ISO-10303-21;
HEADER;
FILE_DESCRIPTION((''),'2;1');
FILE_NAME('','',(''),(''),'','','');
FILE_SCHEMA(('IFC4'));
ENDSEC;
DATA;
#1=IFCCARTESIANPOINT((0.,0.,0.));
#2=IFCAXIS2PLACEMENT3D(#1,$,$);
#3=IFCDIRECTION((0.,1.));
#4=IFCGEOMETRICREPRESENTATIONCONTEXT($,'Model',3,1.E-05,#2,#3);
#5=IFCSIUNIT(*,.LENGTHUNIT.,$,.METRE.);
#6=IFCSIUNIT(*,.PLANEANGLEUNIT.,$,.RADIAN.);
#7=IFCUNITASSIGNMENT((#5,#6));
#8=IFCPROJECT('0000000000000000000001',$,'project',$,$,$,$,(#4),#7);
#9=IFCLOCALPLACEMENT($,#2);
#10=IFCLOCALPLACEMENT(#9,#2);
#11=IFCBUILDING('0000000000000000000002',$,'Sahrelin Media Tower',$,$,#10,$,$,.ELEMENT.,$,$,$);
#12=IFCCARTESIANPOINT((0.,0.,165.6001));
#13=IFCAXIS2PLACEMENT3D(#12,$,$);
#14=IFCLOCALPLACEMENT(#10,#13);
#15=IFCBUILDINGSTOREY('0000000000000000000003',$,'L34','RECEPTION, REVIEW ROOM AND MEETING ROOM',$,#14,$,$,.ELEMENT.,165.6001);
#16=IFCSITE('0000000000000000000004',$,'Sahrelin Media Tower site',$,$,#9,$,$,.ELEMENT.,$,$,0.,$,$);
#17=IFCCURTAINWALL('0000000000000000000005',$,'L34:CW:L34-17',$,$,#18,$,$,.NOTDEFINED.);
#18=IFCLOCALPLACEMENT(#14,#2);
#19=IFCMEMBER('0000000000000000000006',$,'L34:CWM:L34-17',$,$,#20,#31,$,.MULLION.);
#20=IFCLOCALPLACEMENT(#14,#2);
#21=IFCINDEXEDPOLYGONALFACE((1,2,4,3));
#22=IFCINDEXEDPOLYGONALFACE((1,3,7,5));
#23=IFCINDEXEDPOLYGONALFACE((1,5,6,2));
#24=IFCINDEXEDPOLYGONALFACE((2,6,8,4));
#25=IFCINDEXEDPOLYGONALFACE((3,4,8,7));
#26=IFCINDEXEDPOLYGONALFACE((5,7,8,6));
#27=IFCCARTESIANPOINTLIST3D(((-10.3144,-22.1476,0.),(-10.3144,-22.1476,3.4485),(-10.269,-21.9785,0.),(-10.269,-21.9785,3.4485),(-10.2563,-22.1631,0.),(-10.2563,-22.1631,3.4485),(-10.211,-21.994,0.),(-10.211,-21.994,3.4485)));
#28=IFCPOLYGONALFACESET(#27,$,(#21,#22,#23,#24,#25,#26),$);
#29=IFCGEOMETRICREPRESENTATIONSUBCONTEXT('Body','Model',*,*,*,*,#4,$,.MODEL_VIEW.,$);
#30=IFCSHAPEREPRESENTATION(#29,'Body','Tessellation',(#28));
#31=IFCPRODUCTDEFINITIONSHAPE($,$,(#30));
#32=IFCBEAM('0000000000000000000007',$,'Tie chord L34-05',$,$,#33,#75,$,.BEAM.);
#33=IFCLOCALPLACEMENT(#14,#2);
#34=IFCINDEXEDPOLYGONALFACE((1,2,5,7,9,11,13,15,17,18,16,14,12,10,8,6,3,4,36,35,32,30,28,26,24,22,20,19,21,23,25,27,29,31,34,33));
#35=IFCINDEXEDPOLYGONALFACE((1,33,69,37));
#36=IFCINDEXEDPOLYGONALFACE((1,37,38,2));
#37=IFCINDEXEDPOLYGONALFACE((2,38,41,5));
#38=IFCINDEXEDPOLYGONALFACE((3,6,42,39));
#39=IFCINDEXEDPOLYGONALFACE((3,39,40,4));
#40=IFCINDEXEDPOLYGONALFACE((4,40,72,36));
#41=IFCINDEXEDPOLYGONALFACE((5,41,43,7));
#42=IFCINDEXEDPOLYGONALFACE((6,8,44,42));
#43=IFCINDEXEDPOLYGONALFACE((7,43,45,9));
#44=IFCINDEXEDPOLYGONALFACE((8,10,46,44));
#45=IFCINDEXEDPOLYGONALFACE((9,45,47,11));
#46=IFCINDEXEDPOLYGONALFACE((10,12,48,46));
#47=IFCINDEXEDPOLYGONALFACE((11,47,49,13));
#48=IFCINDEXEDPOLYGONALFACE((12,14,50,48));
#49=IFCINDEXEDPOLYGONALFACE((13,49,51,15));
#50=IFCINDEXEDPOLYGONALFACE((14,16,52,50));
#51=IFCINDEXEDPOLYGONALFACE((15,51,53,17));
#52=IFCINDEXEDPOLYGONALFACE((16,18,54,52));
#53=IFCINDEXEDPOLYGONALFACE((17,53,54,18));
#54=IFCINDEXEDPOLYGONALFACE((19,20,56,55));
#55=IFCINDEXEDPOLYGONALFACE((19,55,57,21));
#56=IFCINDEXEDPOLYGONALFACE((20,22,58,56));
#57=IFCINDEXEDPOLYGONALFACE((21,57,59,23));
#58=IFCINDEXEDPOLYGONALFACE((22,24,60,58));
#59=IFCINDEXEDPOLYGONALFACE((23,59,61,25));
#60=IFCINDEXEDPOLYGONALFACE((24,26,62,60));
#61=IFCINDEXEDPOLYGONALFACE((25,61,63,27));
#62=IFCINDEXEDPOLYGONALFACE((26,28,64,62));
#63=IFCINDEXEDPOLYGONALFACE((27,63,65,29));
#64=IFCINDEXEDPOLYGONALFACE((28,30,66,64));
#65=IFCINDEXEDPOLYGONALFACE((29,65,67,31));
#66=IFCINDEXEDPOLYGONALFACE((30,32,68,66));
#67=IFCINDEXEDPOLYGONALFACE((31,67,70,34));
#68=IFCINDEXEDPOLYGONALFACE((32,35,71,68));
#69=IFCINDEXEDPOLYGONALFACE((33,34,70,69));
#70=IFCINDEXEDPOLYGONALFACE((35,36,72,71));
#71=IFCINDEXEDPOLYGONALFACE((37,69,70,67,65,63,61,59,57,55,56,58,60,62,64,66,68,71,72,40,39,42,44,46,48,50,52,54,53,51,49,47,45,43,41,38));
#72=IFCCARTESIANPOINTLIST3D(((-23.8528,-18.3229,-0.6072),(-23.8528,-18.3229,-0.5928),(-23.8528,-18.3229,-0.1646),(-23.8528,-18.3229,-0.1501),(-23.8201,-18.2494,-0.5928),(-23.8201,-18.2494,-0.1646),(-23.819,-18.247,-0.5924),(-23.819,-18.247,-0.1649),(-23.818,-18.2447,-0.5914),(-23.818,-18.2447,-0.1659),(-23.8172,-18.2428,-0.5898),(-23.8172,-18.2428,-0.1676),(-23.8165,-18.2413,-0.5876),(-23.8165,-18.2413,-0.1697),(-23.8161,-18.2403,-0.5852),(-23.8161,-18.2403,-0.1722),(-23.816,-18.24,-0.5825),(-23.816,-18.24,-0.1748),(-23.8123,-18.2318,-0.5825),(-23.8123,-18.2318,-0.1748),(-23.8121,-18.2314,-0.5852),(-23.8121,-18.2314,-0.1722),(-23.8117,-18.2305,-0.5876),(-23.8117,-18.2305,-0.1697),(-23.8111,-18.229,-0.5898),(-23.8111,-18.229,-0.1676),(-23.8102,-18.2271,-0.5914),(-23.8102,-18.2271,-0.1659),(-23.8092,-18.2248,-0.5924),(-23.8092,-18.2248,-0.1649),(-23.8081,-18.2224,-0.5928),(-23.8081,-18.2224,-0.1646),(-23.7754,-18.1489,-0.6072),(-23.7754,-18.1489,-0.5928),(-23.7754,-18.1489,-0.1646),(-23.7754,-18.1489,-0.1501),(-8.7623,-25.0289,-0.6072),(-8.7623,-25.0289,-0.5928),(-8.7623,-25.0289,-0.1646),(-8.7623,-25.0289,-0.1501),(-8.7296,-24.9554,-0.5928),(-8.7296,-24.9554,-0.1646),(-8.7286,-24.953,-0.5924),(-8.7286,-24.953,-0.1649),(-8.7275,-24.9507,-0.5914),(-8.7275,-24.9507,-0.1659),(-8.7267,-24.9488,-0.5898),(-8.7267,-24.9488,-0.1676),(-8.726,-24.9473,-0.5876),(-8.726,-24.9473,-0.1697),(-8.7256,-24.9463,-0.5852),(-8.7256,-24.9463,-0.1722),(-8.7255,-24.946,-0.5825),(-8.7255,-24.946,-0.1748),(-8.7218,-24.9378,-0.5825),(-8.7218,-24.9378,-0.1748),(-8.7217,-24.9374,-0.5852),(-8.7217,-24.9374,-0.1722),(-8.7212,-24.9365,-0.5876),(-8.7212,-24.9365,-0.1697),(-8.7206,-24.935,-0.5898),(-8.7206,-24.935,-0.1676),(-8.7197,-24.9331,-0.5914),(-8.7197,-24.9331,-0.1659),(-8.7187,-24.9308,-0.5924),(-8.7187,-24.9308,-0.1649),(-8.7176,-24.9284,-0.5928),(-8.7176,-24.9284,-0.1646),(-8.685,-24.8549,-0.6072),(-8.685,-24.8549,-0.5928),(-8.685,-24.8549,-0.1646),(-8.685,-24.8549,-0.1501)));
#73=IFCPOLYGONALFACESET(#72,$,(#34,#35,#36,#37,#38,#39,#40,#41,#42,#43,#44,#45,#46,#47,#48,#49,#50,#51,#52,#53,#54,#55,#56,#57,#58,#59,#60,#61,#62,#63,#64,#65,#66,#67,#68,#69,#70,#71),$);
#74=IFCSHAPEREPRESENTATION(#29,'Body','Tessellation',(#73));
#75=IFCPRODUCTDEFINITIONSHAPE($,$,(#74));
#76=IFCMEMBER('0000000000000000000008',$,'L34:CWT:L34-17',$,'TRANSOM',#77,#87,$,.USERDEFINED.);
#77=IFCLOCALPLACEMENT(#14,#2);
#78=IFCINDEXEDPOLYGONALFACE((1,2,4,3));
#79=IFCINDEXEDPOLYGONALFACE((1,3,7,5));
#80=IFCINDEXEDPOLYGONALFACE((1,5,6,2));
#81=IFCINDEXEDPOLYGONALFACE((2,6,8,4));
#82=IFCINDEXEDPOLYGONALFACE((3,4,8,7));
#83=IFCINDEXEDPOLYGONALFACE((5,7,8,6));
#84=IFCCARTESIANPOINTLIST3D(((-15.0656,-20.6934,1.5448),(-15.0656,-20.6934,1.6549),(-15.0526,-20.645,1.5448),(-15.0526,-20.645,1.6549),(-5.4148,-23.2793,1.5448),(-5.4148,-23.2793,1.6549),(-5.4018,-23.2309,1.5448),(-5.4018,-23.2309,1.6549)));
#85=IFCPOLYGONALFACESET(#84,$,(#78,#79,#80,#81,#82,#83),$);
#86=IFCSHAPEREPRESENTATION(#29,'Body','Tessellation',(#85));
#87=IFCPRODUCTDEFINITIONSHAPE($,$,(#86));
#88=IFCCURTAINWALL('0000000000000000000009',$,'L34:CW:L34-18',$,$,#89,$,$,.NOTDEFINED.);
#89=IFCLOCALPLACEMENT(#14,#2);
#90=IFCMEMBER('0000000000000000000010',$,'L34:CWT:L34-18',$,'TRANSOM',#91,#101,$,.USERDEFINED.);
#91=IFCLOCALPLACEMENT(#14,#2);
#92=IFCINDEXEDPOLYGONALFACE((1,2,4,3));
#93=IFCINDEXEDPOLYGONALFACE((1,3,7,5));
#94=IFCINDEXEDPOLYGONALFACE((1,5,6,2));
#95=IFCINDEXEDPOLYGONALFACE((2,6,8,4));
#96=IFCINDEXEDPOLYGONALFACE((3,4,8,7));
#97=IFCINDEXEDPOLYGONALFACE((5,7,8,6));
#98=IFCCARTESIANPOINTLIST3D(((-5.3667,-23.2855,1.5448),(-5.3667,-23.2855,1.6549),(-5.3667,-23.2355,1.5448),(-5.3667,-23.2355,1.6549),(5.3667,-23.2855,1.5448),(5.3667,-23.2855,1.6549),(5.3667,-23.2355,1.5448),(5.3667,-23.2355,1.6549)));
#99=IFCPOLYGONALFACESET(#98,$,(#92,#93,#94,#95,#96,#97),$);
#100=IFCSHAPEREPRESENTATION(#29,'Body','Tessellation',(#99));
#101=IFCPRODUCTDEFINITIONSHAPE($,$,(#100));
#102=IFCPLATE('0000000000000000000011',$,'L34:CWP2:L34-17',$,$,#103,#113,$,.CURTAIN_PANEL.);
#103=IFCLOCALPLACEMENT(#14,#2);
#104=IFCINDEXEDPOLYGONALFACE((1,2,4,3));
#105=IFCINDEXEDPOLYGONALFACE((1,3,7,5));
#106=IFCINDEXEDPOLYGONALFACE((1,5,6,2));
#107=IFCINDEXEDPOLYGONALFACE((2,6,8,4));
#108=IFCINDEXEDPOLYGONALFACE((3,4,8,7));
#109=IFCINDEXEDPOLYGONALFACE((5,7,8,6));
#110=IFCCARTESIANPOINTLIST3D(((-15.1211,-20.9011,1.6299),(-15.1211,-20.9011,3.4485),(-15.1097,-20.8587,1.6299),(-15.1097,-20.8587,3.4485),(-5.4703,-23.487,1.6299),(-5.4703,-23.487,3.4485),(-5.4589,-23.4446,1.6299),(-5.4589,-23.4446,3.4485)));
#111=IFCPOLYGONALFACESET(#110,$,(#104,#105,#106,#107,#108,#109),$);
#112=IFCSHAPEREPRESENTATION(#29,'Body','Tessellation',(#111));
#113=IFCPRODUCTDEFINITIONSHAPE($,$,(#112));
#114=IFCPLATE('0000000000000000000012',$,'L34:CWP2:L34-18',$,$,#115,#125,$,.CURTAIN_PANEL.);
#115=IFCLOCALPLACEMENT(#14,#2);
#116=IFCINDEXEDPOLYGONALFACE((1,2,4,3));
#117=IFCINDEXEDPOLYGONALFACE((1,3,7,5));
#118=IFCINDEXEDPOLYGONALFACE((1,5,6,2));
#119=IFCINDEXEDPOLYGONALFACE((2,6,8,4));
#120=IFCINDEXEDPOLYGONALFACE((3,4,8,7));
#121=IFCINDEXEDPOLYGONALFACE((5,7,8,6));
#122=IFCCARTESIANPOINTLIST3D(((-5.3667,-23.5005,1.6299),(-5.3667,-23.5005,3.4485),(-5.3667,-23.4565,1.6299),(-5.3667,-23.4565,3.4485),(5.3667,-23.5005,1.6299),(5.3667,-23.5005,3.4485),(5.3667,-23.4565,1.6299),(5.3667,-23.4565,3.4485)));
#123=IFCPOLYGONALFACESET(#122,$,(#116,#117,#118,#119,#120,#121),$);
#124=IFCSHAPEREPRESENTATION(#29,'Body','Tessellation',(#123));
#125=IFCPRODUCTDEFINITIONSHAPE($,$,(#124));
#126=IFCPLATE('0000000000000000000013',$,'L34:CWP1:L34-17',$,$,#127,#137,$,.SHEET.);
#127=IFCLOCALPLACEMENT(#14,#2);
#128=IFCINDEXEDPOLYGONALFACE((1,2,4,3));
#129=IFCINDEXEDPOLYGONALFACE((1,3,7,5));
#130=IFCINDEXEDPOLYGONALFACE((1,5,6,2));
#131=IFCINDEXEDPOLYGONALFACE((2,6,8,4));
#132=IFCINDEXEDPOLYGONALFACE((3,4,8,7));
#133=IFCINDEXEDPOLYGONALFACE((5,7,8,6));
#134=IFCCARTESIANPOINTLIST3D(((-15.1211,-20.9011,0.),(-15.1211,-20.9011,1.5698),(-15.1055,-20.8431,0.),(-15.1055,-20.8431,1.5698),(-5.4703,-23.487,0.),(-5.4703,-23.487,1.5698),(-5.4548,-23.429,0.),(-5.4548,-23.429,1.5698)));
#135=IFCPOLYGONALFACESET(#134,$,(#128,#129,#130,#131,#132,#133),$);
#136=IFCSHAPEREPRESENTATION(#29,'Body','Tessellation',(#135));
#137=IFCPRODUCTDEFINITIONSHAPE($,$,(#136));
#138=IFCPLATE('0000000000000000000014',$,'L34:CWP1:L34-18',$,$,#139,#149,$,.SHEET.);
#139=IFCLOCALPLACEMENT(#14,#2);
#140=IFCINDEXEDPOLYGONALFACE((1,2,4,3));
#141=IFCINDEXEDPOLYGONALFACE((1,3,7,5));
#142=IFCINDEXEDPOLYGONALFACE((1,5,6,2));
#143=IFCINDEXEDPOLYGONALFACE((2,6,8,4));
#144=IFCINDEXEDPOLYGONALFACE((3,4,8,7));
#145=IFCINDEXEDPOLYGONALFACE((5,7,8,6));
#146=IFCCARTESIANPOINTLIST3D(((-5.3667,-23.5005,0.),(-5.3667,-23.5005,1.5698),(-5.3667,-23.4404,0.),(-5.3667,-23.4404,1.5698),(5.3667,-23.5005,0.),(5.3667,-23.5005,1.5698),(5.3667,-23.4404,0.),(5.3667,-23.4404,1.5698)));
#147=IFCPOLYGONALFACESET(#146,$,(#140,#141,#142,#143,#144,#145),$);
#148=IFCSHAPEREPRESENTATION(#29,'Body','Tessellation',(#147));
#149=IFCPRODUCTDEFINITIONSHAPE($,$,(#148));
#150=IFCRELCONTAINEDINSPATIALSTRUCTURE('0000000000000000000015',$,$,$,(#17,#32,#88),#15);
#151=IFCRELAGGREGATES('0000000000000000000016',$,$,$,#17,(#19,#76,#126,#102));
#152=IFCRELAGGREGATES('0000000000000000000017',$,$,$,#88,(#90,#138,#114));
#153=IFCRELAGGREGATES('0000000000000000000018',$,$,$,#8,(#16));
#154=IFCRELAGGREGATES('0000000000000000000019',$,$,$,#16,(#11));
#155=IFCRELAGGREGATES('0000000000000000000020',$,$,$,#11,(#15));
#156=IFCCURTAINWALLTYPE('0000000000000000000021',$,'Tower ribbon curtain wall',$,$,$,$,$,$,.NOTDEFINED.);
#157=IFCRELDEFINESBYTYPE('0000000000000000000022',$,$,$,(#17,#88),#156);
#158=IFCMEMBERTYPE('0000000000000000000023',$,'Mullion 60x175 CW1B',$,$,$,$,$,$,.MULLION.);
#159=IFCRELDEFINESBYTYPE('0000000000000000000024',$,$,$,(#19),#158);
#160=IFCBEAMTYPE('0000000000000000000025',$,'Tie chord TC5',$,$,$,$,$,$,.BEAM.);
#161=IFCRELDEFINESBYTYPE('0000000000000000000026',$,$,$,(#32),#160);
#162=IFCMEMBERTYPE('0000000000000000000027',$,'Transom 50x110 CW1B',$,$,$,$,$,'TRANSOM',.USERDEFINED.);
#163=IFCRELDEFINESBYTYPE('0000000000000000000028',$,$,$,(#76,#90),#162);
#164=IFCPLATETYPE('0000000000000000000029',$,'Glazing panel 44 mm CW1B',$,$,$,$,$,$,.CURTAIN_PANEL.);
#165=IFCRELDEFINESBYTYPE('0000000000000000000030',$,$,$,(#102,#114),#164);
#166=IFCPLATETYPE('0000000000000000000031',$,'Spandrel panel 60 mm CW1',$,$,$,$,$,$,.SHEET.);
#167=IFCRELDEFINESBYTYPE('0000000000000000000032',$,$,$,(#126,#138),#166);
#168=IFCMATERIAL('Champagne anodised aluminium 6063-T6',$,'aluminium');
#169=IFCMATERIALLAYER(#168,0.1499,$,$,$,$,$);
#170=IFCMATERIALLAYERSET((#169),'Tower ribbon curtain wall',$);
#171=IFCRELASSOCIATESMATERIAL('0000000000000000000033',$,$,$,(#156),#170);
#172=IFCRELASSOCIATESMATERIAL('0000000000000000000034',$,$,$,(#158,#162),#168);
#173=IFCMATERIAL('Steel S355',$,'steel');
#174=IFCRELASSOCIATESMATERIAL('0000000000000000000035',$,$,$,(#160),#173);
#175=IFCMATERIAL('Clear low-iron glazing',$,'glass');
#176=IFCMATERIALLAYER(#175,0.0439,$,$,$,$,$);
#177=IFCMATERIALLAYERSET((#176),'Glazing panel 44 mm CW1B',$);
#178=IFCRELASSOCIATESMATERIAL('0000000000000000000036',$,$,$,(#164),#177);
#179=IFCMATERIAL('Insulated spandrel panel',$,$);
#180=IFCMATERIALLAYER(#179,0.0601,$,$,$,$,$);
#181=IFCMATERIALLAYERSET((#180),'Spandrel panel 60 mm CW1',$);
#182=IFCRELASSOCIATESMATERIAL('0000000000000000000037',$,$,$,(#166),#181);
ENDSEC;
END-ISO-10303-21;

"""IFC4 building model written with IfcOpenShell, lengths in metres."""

from ifc_helpers import new_model, si_unit, direction, frame, origin, origin_2d, place, context, subcontext, project, spatial, polyline, rectangle, i_section, outline, extrude, material, layer, layer_set, material_profile, profile_set, type_object, element, aggregate, save


model = new_model("IFC4")

# Units and contexts
model_context = context("Model", 3, precision=1e-05, world=origin(), true_north=direction((0.0, 1.0)))
body_context = subcontext(model_context, "Body", "Model", "MODEL_VIEW")
ifc_project = project(units=[si_unit("LENGTHUNIT", "METRE"), si_unit("PLANEANGLEUNIT", "RADIAN")], contexts=[model_context])

# Site, building, storey
site_placement = place(None, origin())
site = spatial("IfcSite", under=ifc_project, at=site_placement, Name="Sahrelin Media Tower site", CompositionType="ELEMENT", RefElevation=0.0)
building_placement = place(site_placement, origin())
building = spatial("IfcBuilding", under=site, at=building_placement, Name="Sahrelin Media Tower", CompositionType="ELEMENT")
storey_placement = place(building_placement, frame((0.0, 0.0, 165.6001)))
storey = spatial("IfcBuildingStorey", under=building, at=storey_placement, Name="L34", Description="RECEPTION, REVIEW ROOM AND MEETING ROOM", CompositionType="ELEMENT", Elevation=165.6001)

# Shared definitions
ifc_material_1 = material(Name="Steel S355", Category="steel")

# Curtain wall, member
ifc_material_2 = material(Name="Champagne anodised aluminium 6063-T6", Category="aluminium")
ifc_layer_1 = layer(ifc_material_2, 0.1499)
ifc_layer_set_1 = layer_set([ifc_layer_1], Name="Tower ribbon curtain wall")
curtain_wall_type = type_object("IfcCurtainWallType", Name="Tower ribbon curtain wall", PredefinedType="NOTDEFINED", material=ifc_layer_set_1)
ifc_material_profile_1 = material_profile(ifc_material_2, rectangle(XDim=0.0601, YDim=0.175, at=origin_2d()), Name="Mullion 60x175")
ifc_profile_set_1 = profile_set([ifc_material_profile_1], Name="Champagne anodised aluminium 6063-T6")
member_type_1 = type_object("IfcMemberType", Name="Mullion 60x175 CW1B", PredefinedType="MULLION", material=ifc_profile_set_1)
curtain_wall_1_placement = place(storey_placement, frame((-10.2905, -22.1748, 0.0), z_axis=(0.0, 0.0, 1.0), x_axis=(1.0, 0.0, 0.0)))
curtain_wall_1 = element("IfcCurtainWall", 1, at=curtain_wall_1_placement, inside=storey, type_object=curtain_wall_type, Name="L34:CW:L34-17", PredefinedType="NOTDEFINED")
member_1_placement = place(storey_placement, frame((-10.2627, -22.0708, 0.0), z_axis=(0.0, 0.0, 1.0), x_axis=(0.965926, -0.258819, 0.0)))
member_1 = element("IfcMember", 2, at=member_1_placement, type_object=member_type_1, Name="L34:CWM:L34-17", PredefinedType="MULLION", context=body_context, shape_type="SweptSolid", body=[
    extrude(rectangle(XDim=0.0601, YDim=0.175, at=origin_2d()), origin(), (0.0, 0.0, 1.0), 3.4485),
])

# Beam
ifc_material_profile_2 = material_profile(ifc_material_1, i_section(OverallWidth=0.1904, OverallDepth=0.457, WebThickness=0.009, FlangeThickness=0.0144, FilletRadius=0.0103, at=origin_2d()), Name="UB 457x191x74")
ifc_profile_set_2 = profile_set([ifc_material_profile_2], Name="Steel S355")
beam_type_1 = type_object("IfcBeamType", Name="Tie chord TC5", PredefinedType="BEAM", material=ifc_profile_set_2)
beam_1_placement = place(storey_placement, frame((-8.7236, -24.9419, -0.3787), z_axis=(-0.913831, 0.406095, 0.0), x_axis=(-0.406095, -0.913831, 0.0)))
element("IfcBeam", 3, at=beam_1_placement, inside=storey, type_object=beam_type_1, Name="Tie chord L34-05", PredefinedType="BEAM", context=body_context, shape_type="SweptSolid", body=[
    extrude(i_section(OverallWidth=0.1904, OverallDepth=0.457, WebThickness=0.009, FlangeThickness=0.0144, FilletRadius=0.0103, at=origin_2d()), origin(), (0.0, 0.0, 1.0), 16.5134),
])

# Member
ifc_material_profile_3 = material_profile(ifc_material_2, rectangle(XDim=0.05, YDim=0.1101, at=origin_2d()), Name="Transom 50x110")
ifc_profile_set_3 = profile_set([ifc_material_profile_3], Name="Champagne anodised aluminium 6063-T6")
member_type_2 = type_object("IfcMemberType", Name="Transom 50x110 CW1B", ElementType="TRANSOM", PredefinedType="USERDEFINED", material=ifc_profile_set_3)
member_2_placement = place(storey_placement, frame((-15.0591, -20.6692, 1.5999), z_axis=(0.965926, -0.258818, 0.0), x_axis=(0.258818, 0.965926, 0.0)))
member_2 = element("IfcMember", 4, at=member_2_placement, type_object=member_type_2, Name="L34:CWT:L34-17", ObjectType="TRANSOM", PredefinedType="USERDEFINED", context=body_context, shape_type="SweptSolid", body=[
    extrude(rectangle(XDim=0.05, YDim=0.1101, at=origin_2d()), origin(), (0.0, 0.0, 1.0), 9.9912),
])

# Curtain wall, member
curtain_wall_2_placement = place(storey_placement, frame((0.0, -23.4807, 0.0), z_axis=(0.0, 0.0, 1.0), x_axis=(1.0, 0.0, 0.0)))
curtain_wall_2 = element("IfcCurtainWall", 5, at=curtain_wall_2_placement, inside=storey, type_object=curtain_wall_type, Name="L34:CW:L34-18", PredefinedType="NOTDEFINED")
member_3_placement = place(storey_placement, frame((-5.3667, -23.2605, 1.5999), z_axis=(1.0, 0.0, 0.0), x_axis=(0.0, 1.0, 0.0)))
member_3 = element("IfcMember", 6, at=member_3_placement, type_object=member_type_2, Name="L34:CWT:L34-18", ObjectType="TRANSOM", PredefinedType="USERDEFINED", context=body_context, shape_type="SweptSolid", body=[
    extrude(rectangle(XDim=0.05, YDim=0.1101, at=origin_2d()), origin(), (0.0, 0.0, 1.0), 10.7334),
])

# Plates
ifc_material_3 = material(Name="Clear low-iron glazing", Category="glass")
ifc_layer_2 = layer(ifc_material_3, 0.0439)
ifc_layer_set_2 = layer_set([ifc_layer_2], Name="Glazing panel 44 mm CW1B")
plate_type_1 = type_object("IfcPlateType", Name="Glazing panel 44 mm CW1B", PredefinedType="CURTAIN_PANEL", material=ifc_layer_set_2)
plate_1_placement = place(storey_placement, frame((-15.1211, -20.9011, 1.6299), z_axis=(-0.258818, -0.965926, 0.0), x_axis=(0.965926, -0.258818, 0.0)))
plate_1 = element("IfcPlate", 7, at=plate_1_placement, type_object=plate_type_1, Name="L34:CWP2:L34-17", PredefinedType="CURTAIN_PANEL", context=body_context, shape_type="SweptSolid", body=[
    extrude(outline(polyline([(0.0, 0.0), (9.9912, 0.0), (9.9912, 1.8186), (0.0, 1.8186), (0.0, 0.0)])), origin(), (0.0, 0.0, -1.0), 0.0439),
])
plate_2_placement = place(storey_placement, frame((-5.3667, -23.5005, 1.6299), z_axis=(0.0, -1.0, 0.0), x_axis=(1.0, 0.0, 0.0)))
plate_2 = element("IfcPlate", 8, at=plate_2_placement, type_object=plate_type_1, Name="L34:CWP2:L34-18", PredefinedType="CURTAIN_PANEL", context=body_context, shape_type="SweptSolid", body=[
    extrude(outline(polyline([(0.0, 0.0), (10.7334, 0.0), (10.7334, 1.8186), (0.0, 1.8186), (0.0, 0.0)])), origin(), (0.0, 0.0, -1.0), 0.0439),
])
ifc_material_4 = material(Name="Insulated spandrel panel")
ifc_layer_3 = layer(ifc_material_4, 0.0601)
ifc_layer_set_3 = layer_set([ifc_layer_3], Name="Spandrel panel 60 mm CW1")
plate_type_2 = type_object("IfcPlateType", Name="Spandrel panel 60 mm CW1", PredefinedType="SHEET", material=ifc_layer_set_3)
plate_3_placement = place(storey_placement, frame((-15.1211, -20.9011, 0.0), z_axis=(-0.258818, -0.965926, 0.0), x_axis=(0.965926, -0.258818, 0.0)))
plate_3 = element("IfcPlate", 9, at=plate_3_placement, type_object=plate_type_2, Name="L34:CWP1:L34-17", PredefinedType="SHEET", context=body_context, shape_type="SweptSolid", body=[
    extrude(outline(polyline([(0.0, 0.0), (9.9912, 0.0), (9.9912, 1.5698), (0.0, 1.5698), (0.0, 0.0)])), origin(), (0.0, 0.0, -1.0), 0.0601),
])
aggregate(curtain_wall_1, [member_1, member_2, plate_3, plate_1])
plate_4_placement = place(storey_placement, frame((-5.3667, -23.5005, 0.0), z_axis=(0.0, -1.0, 0.0), x_axis=(1.0, 0.0, 0.0)))
plate_4 = element("IfcPlate", 10, at=plate_4_placement, type_object=plate_type_2, Name="L34:CWP1:L34-18", PredefinedType="SHEET", context=body_context, shape_type="SweptSolid", body=[
    extrude(outline(polyline([(0.0, 0.0), (10.7334, 0.0), (10.7334, 1.5698), (0.0, 1.5698), (0.0, 0.0)])), origin(), (0.0, 0.0, -1.0), 0.0601),
])
aggregate(curtain_wall_2, [member_3, plate_4, plate_2])

save(model, "model.ifc")
